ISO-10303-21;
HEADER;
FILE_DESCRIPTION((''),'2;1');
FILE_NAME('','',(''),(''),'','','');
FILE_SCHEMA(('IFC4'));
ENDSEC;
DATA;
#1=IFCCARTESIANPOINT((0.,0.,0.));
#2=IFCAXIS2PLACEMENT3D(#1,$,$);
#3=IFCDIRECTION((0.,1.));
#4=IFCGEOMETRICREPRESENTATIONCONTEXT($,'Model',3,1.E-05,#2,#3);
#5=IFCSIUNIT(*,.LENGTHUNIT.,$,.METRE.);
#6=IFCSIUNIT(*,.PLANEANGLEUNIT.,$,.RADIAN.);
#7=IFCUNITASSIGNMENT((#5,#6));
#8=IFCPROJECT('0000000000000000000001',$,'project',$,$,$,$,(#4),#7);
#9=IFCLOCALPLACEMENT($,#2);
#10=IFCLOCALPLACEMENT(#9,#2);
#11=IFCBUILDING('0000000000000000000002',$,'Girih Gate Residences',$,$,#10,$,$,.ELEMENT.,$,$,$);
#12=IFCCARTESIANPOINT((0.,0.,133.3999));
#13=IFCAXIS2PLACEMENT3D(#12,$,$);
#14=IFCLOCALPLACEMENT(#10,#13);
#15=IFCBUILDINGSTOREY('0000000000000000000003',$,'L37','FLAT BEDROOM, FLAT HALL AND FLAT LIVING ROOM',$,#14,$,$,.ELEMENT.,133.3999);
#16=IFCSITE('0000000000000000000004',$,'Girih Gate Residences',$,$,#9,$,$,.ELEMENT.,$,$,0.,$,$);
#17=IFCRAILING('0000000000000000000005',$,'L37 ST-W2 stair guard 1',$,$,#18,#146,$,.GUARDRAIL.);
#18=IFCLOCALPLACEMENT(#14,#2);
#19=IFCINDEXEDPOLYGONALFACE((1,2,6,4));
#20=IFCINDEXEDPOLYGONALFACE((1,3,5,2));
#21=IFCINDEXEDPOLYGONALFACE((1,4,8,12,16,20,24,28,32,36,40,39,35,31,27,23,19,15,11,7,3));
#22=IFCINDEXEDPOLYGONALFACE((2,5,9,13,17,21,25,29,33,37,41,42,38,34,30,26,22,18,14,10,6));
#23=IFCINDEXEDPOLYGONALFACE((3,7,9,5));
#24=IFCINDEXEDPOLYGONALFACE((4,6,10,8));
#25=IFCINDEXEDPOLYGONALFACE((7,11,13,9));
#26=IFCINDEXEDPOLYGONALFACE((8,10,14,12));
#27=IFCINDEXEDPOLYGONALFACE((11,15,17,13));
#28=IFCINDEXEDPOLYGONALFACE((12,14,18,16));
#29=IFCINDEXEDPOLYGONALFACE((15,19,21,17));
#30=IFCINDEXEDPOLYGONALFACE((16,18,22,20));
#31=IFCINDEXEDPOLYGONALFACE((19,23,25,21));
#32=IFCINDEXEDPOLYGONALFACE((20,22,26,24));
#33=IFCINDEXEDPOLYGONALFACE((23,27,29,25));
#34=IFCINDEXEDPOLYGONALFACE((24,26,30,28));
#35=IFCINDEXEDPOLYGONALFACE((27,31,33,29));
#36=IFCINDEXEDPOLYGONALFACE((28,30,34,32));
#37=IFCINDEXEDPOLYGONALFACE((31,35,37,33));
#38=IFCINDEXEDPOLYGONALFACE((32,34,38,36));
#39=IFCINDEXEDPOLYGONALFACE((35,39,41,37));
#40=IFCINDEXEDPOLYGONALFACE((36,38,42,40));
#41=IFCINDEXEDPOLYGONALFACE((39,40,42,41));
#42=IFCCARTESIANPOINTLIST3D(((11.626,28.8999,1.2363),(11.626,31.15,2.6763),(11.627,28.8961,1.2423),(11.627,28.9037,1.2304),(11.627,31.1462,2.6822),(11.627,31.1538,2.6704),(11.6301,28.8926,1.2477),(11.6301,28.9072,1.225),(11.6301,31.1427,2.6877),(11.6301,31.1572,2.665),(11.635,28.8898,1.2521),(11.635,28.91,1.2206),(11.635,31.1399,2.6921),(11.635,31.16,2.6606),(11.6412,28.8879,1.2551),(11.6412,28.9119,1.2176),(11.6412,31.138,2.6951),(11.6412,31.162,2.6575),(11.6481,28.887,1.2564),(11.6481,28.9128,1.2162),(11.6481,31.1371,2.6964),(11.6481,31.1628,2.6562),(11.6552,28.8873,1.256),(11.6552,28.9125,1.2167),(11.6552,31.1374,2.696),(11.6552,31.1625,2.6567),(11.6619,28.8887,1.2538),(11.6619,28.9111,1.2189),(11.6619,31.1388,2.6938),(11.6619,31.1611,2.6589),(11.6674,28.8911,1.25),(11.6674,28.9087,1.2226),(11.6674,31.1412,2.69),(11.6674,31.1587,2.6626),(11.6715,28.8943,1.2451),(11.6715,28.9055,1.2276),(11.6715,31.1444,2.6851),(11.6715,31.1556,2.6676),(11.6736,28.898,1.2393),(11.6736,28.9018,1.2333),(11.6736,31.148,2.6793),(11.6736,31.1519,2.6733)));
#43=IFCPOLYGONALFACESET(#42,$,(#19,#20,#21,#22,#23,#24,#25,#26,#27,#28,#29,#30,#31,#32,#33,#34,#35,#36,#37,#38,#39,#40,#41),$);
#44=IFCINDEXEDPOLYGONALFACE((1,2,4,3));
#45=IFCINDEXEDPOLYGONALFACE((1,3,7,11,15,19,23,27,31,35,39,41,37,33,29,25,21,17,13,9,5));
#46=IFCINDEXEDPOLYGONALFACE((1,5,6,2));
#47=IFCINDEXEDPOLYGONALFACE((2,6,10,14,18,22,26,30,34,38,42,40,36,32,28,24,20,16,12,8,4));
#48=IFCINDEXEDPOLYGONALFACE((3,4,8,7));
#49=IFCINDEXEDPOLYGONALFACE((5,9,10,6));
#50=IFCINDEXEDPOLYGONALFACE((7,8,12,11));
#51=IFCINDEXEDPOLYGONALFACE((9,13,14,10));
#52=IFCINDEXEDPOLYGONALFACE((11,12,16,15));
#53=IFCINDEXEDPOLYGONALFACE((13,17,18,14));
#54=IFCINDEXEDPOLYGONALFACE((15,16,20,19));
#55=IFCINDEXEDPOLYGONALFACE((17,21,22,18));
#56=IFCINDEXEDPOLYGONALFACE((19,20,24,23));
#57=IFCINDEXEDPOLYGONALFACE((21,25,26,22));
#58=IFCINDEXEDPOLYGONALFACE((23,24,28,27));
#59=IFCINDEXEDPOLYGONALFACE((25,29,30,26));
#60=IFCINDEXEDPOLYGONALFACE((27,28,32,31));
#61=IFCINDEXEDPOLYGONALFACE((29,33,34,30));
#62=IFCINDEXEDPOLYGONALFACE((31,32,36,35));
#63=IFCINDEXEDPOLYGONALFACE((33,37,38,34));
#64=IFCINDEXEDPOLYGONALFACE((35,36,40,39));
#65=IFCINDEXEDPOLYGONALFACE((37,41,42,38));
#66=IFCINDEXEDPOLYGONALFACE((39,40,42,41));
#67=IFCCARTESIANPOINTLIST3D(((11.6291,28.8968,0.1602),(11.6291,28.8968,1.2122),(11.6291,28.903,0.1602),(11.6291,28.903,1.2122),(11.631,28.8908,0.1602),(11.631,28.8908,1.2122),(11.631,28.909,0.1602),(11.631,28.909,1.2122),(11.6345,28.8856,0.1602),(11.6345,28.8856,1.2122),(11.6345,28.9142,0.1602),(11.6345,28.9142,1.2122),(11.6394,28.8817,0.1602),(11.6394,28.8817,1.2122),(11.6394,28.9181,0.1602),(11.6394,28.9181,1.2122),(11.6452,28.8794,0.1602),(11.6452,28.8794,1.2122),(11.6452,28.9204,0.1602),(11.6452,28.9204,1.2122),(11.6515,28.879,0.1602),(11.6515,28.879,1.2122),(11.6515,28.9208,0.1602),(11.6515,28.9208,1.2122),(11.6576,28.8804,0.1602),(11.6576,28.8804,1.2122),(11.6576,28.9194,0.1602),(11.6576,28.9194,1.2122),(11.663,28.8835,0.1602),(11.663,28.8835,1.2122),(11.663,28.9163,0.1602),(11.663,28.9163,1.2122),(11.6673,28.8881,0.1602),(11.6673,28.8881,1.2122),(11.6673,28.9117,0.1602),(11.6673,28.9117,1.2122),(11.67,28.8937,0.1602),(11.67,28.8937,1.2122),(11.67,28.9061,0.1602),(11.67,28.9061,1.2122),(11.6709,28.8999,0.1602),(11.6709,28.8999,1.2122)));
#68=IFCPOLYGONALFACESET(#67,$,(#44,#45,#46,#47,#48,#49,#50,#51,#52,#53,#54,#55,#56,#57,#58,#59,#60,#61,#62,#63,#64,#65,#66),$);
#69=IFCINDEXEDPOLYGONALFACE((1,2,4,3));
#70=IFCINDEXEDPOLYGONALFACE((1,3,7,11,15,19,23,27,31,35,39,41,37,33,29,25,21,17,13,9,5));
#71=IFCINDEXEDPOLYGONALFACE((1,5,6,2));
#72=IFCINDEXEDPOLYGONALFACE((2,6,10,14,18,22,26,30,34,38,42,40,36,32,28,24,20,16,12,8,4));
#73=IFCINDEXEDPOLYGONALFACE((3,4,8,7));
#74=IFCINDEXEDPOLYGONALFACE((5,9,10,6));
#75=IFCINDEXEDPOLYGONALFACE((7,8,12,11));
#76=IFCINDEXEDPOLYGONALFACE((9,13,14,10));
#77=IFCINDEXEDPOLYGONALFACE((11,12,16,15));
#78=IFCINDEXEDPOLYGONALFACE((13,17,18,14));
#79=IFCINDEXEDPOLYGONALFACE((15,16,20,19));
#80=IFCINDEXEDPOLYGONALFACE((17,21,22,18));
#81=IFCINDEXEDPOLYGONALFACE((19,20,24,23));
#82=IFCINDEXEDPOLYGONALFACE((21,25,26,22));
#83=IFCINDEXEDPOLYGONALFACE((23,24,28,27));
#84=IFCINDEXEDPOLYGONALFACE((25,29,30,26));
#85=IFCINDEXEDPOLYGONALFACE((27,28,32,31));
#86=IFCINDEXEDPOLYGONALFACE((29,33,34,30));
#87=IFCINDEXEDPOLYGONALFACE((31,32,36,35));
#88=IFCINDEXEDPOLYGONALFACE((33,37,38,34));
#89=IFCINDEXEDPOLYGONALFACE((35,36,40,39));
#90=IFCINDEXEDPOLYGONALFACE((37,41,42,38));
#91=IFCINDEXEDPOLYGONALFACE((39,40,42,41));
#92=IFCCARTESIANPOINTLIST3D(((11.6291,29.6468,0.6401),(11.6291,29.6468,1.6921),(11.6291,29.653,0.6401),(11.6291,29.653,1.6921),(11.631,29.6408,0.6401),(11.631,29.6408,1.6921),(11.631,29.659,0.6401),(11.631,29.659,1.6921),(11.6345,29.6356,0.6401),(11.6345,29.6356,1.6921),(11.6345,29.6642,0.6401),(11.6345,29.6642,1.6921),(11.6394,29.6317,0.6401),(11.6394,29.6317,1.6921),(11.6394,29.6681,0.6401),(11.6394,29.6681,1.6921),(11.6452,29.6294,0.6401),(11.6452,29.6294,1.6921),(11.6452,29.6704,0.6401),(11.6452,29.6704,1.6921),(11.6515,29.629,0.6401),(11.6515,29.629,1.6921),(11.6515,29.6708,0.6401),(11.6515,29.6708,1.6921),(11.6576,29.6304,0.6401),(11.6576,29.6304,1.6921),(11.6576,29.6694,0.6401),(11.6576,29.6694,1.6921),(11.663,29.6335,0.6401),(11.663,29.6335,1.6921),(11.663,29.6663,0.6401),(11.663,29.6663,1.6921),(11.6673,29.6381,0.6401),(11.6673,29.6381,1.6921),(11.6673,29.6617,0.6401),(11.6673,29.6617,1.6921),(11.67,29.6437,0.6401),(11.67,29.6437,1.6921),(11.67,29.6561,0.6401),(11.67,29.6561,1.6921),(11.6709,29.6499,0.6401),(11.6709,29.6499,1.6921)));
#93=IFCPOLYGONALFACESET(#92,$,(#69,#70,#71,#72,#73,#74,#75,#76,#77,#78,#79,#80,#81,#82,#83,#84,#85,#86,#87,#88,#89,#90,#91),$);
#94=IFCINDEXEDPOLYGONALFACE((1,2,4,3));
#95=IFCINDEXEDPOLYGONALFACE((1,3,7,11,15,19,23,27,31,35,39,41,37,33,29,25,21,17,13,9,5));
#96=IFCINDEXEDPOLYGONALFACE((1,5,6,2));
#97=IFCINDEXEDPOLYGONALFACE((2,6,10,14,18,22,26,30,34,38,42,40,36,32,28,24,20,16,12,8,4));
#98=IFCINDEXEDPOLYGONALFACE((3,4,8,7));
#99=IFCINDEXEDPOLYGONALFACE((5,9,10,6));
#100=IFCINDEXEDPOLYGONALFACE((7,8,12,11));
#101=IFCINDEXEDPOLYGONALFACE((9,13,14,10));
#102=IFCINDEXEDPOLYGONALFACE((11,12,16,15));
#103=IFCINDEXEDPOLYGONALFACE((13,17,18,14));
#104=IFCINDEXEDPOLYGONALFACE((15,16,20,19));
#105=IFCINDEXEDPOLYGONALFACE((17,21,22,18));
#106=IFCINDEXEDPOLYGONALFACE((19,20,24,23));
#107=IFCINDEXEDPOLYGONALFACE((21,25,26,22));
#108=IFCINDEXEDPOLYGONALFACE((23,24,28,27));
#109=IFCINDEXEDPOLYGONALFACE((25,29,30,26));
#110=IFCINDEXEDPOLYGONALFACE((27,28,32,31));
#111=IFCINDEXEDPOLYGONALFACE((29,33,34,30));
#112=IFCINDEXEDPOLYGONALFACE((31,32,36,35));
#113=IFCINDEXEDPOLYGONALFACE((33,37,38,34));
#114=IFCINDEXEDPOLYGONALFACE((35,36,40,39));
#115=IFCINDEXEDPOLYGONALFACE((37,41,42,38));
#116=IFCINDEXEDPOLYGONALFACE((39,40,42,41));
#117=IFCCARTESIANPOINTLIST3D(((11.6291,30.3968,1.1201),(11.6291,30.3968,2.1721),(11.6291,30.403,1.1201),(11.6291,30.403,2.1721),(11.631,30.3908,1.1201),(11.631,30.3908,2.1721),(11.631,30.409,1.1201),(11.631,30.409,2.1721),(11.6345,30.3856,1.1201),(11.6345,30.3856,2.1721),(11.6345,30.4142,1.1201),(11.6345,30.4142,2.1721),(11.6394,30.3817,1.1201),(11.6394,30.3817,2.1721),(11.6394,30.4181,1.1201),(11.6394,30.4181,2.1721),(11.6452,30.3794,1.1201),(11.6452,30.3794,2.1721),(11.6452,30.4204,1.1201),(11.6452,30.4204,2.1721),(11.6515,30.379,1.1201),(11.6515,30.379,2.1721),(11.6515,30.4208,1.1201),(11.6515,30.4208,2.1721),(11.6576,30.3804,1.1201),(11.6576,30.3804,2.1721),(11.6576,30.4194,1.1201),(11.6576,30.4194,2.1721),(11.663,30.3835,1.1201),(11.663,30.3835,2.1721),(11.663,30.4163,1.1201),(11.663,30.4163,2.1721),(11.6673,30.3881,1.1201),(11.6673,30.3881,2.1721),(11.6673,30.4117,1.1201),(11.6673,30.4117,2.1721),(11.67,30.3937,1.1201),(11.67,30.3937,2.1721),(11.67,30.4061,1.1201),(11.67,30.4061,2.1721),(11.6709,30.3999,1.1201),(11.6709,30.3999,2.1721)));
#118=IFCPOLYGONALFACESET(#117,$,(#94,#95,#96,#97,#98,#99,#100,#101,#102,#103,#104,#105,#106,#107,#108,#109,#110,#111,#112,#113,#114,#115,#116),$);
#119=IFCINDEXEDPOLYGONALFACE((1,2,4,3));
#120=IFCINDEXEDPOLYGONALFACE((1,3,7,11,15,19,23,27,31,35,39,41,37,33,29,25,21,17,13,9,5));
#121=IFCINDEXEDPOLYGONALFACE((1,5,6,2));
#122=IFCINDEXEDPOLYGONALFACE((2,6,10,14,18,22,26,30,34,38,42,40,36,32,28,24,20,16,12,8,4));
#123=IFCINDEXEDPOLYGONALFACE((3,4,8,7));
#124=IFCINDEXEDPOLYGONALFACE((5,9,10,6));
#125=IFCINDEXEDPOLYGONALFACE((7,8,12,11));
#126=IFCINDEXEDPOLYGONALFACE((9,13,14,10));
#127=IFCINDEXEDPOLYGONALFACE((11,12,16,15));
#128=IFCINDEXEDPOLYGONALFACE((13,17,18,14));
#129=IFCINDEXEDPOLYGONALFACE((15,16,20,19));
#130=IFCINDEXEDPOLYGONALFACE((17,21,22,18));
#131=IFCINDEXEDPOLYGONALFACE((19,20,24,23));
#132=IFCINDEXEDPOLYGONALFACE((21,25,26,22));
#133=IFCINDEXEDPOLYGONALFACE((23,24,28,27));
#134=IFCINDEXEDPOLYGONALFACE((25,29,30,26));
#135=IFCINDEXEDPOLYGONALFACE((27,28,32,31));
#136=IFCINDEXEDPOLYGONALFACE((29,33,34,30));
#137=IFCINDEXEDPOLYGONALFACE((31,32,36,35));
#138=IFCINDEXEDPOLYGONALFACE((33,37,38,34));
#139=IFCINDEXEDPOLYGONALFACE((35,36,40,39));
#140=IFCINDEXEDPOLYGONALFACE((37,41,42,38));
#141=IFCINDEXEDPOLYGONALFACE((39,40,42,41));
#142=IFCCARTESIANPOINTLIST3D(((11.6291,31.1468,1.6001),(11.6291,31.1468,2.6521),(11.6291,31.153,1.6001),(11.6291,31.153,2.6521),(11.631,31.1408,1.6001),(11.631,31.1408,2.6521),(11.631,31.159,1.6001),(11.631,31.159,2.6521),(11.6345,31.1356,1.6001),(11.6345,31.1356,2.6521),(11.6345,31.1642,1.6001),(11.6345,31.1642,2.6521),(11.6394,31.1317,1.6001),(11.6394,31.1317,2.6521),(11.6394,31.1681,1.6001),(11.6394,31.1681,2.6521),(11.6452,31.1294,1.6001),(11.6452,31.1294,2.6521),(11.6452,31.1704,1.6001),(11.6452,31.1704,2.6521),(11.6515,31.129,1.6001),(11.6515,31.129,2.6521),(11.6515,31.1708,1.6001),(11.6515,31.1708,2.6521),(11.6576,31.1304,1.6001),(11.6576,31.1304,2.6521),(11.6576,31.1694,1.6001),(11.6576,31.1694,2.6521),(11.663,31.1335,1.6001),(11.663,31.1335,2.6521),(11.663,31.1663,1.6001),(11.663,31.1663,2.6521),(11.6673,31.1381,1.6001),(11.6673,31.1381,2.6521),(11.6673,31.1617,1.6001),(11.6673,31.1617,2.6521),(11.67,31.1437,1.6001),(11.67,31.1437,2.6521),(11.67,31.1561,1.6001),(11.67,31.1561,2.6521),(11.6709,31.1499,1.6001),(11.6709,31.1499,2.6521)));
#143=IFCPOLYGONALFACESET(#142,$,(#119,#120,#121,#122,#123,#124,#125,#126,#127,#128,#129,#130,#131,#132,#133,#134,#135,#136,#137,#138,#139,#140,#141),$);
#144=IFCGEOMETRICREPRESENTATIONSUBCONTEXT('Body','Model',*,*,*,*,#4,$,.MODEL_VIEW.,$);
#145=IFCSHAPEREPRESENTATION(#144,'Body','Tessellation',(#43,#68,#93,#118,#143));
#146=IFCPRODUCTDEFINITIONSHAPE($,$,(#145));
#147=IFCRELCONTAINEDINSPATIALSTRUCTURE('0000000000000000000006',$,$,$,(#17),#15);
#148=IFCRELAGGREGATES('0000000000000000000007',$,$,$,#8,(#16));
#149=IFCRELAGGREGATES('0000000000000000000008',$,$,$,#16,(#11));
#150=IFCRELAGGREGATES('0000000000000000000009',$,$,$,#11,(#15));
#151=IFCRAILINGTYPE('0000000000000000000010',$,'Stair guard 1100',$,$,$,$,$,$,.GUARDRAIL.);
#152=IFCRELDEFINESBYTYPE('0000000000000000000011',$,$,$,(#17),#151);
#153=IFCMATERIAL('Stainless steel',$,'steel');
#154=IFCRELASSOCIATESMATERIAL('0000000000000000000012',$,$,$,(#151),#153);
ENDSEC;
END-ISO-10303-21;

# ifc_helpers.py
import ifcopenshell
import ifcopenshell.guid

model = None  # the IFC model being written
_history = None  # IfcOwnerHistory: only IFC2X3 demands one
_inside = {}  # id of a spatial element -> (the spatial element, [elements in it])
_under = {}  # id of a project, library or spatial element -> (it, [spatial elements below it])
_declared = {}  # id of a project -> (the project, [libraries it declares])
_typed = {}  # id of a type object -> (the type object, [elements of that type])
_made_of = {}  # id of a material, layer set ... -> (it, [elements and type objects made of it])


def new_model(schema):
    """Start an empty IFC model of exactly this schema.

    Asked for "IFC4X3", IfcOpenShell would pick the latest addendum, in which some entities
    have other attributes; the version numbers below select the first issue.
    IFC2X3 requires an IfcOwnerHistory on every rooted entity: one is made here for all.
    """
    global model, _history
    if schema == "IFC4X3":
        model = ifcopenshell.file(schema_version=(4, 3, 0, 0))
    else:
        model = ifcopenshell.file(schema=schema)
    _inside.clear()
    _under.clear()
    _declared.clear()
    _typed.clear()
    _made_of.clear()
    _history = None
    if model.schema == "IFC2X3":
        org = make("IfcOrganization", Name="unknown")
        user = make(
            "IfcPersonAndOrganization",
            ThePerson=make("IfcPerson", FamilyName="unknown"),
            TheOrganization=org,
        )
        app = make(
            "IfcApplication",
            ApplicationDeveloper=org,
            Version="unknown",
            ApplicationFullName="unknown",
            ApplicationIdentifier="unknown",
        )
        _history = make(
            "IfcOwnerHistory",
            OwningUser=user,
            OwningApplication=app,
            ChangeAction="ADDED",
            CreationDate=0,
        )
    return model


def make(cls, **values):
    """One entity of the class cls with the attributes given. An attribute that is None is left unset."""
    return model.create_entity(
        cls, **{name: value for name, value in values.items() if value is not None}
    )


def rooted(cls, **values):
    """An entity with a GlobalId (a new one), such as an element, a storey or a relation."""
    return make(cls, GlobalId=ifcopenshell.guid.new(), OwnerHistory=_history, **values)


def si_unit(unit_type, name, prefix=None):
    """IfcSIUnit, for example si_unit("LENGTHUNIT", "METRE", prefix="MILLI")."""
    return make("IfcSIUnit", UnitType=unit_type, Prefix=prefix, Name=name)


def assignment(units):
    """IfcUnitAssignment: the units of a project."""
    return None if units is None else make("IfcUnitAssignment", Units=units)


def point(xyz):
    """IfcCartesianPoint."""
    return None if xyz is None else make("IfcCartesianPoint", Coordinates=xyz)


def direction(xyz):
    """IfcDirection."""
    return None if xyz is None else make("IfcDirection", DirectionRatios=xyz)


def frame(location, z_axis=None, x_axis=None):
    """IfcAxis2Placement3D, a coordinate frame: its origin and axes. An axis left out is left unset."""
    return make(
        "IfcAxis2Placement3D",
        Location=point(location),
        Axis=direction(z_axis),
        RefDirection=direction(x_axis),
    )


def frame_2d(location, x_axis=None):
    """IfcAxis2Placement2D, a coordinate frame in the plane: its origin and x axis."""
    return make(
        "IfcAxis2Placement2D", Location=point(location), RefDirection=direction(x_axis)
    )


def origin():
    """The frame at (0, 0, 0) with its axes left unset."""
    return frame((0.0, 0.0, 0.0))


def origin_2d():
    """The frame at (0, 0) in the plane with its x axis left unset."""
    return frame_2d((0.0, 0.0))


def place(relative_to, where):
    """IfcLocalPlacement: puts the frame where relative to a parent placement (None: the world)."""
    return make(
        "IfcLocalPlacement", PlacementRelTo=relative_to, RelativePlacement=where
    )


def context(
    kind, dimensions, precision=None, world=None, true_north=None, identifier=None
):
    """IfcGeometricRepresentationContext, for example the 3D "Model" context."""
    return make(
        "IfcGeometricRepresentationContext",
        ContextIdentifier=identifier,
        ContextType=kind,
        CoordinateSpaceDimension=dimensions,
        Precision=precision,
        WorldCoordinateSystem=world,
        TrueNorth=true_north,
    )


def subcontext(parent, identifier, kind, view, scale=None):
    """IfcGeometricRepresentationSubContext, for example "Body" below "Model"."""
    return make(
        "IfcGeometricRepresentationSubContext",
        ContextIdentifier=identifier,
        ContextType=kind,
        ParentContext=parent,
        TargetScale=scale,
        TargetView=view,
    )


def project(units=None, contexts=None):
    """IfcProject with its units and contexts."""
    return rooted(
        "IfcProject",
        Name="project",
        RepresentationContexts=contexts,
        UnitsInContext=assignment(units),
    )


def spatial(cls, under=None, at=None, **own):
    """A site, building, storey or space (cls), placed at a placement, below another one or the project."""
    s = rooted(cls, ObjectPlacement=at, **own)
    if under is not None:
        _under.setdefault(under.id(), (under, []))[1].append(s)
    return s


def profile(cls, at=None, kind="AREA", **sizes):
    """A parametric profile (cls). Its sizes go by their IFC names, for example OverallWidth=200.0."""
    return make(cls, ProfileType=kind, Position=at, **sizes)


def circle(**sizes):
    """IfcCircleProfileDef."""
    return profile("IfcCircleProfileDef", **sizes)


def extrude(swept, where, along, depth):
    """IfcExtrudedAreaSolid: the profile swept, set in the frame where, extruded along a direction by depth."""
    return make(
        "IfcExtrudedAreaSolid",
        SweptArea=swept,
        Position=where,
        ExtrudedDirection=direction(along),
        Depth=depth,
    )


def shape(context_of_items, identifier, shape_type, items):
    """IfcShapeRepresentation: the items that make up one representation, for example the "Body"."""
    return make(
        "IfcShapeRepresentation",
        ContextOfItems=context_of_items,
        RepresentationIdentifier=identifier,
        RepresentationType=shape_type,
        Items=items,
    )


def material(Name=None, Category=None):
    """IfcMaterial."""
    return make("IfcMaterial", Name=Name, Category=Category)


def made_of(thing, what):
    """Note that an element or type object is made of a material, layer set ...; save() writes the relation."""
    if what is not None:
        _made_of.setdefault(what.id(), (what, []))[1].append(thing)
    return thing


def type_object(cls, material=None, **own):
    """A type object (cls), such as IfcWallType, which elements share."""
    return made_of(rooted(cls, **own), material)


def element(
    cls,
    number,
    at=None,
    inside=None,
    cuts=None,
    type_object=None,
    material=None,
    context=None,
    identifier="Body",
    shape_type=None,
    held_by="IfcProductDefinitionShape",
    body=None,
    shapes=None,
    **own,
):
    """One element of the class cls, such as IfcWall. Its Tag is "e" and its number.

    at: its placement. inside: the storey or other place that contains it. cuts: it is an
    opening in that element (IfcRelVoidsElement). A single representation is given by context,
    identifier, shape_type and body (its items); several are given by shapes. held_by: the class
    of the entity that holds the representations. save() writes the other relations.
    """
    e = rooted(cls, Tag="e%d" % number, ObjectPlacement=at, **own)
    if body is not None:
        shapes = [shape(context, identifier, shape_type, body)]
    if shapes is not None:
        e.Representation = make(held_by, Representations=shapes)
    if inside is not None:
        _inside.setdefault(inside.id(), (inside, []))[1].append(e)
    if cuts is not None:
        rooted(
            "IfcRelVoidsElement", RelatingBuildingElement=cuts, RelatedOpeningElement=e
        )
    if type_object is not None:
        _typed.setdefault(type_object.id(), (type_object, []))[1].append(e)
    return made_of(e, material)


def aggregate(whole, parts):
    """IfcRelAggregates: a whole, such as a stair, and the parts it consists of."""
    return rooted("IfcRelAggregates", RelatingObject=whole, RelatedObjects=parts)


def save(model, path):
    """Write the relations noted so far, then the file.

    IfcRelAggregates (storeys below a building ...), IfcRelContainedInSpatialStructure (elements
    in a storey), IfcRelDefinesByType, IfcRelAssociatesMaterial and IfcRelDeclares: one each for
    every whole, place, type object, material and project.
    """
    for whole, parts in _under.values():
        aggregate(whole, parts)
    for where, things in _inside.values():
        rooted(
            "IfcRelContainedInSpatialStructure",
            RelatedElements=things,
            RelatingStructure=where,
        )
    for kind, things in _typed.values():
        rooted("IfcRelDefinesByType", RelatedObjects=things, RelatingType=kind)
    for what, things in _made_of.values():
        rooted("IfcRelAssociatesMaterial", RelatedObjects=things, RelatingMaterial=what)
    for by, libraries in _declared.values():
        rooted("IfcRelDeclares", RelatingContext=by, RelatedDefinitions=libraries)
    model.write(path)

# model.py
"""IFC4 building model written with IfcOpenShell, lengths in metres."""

from ifc_helpers import new_model, si_unit, direction, frame, origin, origin_2d, place, context, subcontext, project, spatial, circle, extrude, material, type_object, element, save


model = new_model("IFC4")

# Units and contexts
model_context = context("Model", 3, precision=1e-05, world=origin(), true_north=direction((0.0, 1.0)))
body_context = subcontext(model_context, "Body", "Model", "MODEL_VIEW")
ifc_project = project(units=[si_unit("LENGTHUNIT", "METRE"), si_unit("PLANEANGLEUNIT", "RADIAN")], contexts=[model_context])

# Site, building, storey
site_placement = place(None, origin())
site = spatial("IfcSite", under=ifc_project, at=site_placement, Name="Girih Gate Residences", CompositionType="ELEMENT", RefElevation=0.0)
building_placement = place(site_placement, origin())
building = spatial("IfcBuilding", under=site, at=building_placement, Name="Girih Gate Residences", CompositionType="ELEMENT")
storey_placement = place(building_placement, frame((0.0, 0.0, 133.3999)))
storey = spatial("IfcBuildingStorey", under=building, at=storey_placement, Name="L37", Description="FLAT BEDROOM, FLAT HALL AND FLAT LIVING ROOM", CompositionType="ELEMENT", Elevation=133.3999)

# Railing
ifc_material_1 = material(Name="Stainless steel", Category="steel")
railing_type_1 = type_object("IfcRailingType", Name="Stair guard 1100", PredefinedType="GUARDRAIL", material=ifc_material_1)
railing_1_placement = place(storey_placement, frame((11.6499, 28.8999, 0.1602)))
element("IfcRailing", 1, at=railing_1_placement, inside=storey, type_object=railing_type_1, Name="L37 ST-W2 stair guard 1", PredefinedType="GUARDRAIL", context=body_context, shape_type="SweptSolid", body=[
    extrude(circle(Radius=0.0239, at=origin_2d()), frame((0.0, 0.0, 1.0762), z_axis=(0.0, 0.842281, 0.539038), x_axis=(-1.0, 0.0, 0.0)), (0.0, 0.0, 1.0), 2.6714),
    extrude(circle(Radius=0.021, at=origin_2d()), origin(), (0.0, 0.0, 1.0), 1.052),
    extrude(circle(Radius=0.021, at=origin_2d()), frame((0.0, 0.75, 0.48)), (0.0, 0.0, 1.0), 1.052),
    extrude(circle(Radius=0.021, at=origin_2d()), frame((0.0, 1.5, 0.96)), (0.0, 0.0, 1.0), 1.052),
    extrude(circle(Radius=0.021, at=origin_2d()), frame((0.0, 2.25, 1.4399)), (0.0, 0.0, 1.0), 1.052),
])

save(model, "model.ifc")
